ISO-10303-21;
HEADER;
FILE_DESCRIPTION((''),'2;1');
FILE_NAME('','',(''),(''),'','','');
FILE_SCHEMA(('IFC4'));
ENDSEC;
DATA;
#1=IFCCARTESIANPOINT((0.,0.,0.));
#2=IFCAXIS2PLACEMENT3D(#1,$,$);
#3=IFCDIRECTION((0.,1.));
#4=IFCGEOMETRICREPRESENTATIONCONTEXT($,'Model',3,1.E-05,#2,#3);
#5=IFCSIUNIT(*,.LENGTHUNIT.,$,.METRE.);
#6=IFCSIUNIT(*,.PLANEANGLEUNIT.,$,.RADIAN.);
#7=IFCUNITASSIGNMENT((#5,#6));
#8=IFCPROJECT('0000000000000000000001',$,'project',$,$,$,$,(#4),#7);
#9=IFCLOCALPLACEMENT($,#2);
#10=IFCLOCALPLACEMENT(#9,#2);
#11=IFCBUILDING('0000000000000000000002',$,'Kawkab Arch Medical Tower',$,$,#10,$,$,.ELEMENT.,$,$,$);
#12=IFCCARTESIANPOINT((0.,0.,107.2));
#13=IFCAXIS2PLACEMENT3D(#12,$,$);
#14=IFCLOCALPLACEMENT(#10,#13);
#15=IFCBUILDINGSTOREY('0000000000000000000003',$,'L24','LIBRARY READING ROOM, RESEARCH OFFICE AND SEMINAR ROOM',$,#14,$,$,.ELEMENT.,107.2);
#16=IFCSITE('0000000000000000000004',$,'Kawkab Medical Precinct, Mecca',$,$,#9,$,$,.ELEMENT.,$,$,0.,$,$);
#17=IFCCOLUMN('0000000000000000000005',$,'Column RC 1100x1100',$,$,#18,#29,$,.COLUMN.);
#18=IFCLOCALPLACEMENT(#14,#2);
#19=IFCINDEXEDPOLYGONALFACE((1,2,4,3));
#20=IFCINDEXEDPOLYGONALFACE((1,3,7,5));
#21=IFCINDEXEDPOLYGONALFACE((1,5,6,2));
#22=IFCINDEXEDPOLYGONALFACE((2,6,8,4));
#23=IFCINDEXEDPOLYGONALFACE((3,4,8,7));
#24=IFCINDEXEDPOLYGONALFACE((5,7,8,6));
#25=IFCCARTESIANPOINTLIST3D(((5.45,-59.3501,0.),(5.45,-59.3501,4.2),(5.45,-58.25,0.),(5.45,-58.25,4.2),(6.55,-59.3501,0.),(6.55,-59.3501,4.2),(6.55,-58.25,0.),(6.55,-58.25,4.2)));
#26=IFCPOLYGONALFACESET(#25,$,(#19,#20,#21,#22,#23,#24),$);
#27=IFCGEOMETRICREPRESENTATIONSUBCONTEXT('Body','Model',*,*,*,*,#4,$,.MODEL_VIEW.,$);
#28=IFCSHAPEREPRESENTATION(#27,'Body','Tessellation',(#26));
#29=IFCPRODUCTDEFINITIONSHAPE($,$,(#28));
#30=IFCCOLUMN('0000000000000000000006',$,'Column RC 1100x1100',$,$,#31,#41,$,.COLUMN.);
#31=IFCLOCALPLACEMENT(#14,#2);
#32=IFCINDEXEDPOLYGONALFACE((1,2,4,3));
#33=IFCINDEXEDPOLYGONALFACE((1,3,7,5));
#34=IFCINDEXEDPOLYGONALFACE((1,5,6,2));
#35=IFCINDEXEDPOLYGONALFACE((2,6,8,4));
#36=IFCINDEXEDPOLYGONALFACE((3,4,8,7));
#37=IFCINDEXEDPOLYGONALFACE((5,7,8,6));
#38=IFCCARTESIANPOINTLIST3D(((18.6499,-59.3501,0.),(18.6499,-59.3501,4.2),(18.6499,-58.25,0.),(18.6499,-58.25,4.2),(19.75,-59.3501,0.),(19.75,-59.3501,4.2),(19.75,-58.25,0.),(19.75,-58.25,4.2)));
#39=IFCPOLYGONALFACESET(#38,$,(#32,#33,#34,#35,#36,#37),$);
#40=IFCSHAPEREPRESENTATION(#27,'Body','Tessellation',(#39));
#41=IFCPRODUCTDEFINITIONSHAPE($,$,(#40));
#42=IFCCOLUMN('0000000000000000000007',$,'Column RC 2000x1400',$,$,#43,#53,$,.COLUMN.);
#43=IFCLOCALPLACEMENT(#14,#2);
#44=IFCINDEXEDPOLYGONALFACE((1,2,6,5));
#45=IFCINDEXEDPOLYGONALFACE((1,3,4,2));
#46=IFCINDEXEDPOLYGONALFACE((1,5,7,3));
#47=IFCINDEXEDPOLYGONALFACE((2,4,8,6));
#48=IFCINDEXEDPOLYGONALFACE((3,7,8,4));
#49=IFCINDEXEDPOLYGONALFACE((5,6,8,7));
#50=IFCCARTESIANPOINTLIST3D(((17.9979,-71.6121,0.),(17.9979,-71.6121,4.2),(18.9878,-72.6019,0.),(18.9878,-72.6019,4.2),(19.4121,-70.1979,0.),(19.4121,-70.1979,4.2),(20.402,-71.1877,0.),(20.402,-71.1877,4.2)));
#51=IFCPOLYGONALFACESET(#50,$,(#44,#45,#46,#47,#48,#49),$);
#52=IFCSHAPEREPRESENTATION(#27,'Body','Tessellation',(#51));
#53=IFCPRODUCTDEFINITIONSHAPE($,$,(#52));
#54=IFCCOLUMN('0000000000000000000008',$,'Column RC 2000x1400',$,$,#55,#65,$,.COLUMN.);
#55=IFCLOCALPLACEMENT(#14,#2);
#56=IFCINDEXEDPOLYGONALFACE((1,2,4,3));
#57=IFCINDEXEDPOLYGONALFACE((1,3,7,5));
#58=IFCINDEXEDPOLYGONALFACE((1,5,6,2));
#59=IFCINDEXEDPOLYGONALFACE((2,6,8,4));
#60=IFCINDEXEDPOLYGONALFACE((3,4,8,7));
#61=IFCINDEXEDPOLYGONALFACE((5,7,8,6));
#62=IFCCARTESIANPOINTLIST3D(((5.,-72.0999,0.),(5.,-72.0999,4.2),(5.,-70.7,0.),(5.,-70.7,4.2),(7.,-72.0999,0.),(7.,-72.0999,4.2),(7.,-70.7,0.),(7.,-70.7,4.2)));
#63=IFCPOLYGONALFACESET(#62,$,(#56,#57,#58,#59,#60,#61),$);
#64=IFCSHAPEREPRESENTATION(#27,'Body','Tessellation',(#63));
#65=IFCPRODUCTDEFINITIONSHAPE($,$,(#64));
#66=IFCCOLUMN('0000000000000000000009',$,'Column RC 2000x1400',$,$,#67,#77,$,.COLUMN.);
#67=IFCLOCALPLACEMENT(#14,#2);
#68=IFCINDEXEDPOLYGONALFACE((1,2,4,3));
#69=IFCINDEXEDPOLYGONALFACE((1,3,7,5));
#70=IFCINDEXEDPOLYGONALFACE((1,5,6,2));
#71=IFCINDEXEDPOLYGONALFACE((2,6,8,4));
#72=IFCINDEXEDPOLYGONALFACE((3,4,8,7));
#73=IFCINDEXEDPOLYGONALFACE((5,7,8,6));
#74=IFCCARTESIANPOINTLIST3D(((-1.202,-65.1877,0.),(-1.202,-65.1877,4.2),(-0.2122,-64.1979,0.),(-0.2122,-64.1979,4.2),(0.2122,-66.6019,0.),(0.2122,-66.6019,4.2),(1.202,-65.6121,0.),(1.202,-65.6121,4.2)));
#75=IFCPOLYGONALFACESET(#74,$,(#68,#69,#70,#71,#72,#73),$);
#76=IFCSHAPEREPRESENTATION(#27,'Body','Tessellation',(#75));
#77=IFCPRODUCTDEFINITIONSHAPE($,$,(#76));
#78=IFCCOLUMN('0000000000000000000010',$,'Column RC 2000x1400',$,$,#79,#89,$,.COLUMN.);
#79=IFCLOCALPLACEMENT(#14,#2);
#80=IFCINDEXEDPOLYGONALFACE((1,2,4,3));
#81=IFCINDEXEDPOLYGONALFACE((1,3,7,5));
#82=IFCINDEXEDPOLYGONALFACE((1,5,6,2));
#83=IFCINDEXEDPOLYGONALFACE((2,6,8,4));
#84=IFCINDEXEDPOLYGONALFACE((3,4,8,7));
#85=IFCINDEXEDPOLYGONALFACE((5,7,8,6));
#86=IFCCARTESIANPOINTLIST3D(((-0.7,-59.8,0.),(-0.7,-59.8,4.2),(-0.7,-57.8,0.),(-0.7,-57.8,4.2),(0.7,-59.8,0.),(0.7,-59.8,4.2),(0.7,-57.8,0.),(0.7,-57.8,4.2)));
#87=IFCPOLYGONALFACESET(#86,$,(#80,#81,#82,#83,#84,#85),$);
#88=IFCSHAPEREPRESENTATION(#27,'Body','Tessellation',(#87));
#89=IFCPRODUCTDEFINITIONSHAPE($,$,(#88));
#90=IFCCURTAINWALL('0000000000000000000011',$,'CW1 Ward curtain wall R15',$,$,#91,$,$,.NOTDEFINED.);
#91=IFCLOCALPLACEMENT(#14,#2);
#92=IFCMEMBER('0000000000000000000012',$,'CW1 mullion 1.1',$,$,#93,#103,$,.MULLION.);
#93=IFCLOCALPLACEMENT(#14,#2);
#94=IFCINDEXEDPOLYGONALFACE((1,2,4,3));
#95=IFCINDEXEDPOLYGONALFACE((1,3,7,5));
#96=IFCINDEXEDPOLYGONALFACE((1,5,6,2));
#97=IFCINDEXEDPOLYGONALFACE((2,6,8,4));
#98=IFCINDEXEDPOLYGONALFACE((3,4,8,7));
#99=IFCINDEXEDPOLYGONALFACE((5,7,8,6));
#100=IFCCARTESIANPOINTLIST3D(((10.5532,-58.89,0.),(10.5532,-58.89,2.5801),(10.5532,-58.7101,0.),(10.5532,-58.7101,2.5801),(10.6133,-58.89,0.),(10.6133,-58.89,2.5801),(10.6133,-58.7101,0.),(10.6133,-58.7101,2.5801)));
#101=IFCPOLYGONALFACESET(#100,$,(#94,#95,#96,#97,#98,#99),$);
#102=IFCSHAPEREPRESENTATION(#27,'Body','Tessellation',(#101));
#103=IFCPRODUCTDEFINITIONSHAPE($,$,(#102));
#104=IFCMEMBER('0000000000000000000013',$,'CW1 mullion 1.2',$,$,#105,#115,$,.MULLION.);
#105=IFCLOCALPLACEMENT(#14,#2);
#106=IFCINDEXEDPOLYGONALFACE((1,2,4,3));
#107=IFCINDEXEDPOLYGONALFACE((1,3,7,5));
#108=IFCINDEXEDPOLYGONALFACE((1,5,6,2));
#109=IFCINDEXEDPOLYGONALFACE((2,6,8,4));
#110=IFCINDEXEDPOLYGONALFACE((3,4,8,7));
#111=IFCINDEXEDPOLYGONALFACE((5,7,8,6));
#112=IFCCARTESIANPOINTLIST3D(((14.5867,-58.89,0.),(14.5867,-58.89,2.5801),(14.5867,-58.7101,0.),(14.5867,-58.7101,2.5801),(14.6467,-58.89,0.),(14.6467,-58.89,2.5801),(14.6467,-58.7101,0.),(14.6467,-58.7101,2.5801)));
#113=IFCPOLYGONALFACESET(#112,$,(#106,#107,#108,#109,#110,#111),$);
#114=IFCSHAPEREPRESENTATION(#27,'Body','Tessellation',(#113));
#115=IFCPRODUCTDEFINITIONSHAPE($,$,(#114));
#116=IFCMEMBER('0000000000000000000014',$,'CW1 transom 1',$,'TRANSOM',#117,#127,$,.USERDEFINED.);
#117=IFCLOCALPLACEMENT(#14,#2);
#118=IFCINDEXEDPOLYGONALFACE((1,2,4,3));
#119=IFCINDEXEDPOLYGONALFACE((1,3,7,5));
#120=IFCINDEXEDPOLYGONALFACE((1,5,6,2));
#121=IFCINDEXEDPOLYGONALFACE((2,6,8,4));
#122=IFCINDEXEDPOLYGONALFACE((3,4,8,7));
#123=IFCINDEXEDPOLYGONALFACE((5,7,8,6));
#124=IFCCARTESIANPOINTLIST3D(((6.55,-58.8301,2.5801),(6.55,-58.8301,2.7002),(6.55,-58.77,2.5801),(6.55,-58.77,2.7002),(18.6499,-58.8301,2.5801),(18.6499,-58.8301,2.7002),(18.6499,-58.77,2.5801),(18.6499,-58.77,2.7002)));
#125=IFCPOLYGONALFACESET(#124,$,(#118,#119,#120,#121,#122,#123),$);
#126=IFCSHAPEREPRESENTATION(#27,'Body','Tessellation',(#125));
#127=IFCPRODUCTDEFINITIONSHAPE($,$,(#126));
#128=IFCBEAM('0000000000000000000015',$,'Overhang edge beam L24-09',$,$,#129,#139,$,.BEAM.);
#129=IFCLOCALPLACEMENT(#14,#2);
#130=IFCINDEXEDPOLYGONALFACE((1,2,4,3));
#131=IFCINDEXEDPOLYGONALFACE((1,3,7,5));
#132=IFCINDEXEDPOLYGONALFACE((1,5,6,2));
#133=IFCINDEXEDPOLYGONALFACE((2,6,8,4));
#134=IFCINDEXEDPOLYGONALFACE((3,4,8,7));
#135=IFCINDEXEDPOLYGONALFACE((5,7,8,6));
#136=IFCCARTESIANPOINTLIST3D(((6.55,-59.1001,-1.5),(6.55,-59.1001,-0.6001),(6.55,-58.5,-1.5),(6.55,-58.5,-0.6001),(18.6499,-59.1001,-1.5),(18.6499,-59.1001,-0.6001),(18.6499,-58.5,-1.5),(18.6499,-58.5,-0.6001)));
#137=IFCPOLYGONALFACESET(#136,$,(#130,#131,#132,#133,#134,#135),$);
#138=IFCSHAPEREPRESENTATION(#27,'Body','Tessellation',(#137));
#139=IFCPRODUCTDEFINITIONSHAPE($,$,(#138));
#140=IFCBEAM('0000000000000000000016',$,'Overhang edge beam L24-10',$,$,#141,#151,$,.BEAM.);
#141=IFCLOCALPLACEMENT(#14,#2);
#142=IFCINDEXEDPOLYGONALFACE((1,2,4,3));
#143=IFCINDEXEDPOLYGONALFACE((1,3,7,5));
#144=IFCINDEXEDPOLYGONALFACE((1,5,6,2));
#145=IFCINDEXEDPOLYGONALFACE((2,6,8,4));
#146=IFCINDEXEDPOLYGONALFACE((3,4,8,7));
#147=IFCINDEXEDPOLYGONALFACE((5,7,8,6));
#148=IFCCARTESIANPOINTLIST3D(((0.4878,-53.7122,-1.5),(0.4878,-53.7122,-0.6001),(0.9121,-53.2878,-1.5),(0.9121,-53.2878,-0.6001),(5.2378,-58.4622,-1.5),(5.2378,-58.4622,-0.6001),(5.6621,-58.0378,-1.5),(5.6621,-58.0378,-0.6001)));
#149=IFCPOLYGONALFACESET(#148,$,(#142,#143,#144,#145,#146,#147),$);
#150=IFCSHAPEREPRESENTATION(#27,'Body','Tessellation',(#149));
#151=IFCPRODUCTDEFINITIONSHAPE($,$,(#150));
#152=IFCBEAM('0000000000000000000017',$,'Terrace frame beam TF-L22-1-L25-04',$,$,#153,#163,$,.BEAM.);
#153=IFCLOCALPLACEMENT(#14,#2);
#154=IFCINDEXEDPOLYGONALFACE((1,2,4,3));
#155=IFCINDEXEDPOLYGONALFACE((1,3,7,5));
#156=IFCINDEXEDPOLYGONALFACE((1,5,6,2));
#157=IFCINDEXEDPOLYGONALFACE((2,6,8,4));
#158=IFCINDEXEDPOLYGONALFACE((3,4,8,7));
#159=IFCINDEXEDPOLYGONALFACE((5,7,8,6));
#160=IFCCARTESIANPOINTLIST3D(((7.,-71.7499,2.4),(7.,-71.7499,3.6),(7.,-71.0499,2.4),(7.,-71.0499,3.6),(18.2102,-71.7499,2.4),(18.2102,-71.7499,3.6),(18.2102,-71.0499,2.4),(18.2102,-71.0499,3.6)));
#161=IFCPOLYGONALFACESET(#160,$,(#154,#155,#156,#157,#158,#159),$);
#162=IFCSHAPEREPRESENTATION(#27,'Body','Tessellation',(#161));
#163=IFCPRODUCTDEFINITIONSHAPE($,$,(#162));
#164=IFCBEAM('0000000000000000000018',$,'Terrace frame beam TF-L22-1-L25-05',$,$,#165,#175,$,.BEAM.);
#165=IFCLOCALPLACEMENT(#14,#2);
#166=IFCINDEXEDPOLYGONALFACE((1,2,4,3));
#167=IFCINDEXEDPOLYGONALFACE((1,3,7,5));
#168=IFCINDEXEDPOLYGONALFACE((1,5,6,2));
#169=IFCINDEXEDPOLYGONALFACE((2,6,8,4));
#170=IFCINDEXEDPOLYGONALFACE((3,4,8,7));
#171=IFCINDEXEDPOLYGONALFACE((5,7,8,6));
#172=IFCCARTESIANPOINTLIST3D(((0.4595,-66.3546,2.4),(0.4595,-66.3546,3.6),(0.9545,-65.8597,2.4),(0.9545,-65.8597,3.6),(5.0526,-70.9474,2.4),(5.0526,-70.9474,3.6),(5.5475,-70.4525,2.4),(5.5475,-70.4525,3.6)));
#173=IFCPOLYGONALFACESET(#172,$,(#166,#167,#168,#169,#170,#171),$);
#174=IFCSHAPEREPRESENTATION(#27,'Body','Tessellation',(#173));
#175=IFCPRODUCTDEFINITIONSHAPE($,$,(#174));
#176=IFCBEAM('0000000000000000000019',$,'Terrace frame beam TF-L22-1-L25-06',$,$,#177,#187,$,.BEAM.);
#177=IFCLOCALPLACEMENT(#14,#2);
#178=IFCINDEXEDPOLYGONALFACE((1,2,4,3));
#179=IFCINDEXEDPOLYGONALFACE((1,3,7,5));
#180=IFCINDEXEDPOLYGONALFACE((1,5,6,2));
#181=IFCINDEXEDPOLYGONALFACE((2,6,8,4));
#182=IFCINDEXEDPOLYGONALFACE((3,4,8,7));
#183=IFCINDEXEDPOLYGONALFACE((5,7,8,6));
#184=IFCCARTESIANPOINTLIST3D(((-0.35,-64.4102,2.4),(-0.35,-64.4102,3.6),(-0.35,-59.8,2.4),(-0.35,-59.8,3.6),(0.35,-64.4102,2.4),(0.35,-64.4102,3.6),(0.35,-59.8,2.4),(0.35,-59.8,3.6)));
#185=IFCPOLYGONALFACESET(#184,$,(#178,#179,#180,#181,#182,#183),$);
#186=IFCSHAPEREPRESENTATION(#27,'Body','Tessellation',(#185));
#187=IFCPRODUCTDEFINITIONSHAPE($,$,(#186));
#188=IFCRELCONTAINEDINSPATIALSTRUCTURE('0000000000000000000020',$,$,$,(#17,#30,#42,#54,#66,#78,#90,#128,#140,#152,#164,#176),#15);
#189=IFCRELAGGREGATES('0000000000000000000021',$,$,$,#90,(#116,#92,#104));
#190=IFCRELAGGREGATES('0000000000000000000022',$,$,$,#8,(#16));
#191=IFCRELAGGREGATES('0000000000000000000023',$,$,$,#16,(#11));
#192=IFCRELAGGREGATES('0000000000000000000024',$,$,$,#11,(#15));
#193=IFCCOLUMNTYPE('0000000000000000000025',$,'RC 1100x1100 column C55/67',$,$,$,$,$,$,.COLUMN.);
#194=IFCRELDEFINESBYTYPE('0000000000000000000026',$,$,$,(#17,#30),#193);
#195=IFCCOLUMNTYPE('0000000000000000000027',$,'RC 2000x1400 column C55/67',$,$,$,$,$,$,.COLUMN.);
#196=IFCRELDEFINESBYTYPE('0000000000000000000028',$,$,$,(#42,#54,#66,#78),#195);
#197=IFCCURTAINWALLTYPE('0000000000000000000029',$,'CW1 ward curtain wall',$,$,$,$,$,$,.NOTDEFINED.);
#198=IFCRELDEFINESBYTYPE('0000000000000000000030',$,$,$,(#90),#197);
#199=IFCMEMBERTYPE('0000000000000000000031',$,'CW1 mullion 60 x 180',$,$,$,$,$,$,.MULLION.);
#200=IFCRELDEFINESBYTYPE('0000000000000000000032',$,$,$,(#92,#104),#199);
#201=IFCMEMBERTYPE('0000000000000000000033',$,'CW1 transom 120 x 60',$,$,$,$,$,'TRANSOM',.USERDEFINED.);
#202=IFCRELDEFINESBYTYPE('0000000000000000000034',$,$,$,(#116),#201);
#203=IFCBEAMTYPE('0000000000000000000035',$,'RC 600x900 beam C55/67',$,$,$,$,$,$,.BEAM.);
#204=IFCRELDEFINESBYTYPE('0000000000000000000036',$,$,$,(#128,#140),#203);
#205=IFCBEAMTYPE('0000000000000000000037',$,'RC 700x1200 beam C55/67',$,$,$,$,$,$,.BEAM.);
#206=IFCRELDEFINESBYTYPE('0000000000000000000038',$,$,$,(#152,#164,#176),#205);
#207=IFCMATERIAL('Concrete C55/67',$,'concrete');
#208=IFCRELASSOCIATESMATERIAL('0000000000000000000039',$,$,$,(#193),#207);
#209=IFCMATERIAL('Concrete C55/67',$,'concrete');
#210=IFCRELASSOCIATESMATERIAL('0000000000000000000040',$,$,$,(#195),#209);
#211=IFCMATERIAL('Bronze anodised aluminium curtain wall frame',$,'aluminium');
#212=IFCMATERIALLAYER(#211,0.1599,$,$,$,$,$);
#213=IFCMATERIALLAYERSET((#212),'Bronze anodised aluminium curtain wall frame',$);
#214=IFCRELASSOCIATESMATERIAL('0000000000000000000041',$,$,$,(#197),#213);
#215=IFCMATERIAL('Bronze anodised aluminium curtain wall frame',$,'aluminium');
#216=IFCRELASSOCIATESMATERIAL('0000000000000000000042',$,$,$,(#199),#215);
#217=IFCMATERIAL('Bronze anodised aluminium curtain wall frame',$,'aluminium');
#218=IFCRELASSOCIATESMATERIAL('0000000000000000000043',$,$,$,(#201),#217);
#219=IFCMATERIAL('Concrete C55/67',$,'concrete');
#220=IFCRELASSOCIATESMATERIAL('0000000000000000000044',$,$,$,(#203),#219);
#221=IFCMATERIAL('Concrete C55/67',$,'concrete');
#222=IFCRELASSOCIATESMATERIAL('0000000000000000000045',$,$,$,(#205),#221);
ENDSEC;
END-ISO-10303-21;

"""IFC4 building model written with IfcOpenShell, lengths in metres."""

from ifc_helpers import new_model, si_unit, direction, frame, origin, origin_2d, place, context, subcontext, project, spatial, rectangle, extrude, material, layer, layer_set, material_profile, profile_set, type_object, element, aggregate, save


model = new_model("IFC4")

# Units and contexts
model_context = context("Model", 3, precision=1e-05, world=origin(), true_north=direction((0.0, 1.0)))
body_context = subcontext(model_context, "Body", "Model", "MODEL_VIEW")
ifc_project = project(units=[si_unit("LENGTHUNIT", "METRE"), si_unit("PLANEANGLEUNIT", "RADIAN")], contexts=[model_context])

# Site, building, storey
site_placement = place(None, origin())
site = spatial("IfcSite", under=ifc_project, at=site_placement, Name="Kawkab Medical Precinct, Mecca", CompositionType="ELEMENT", RefElevation=0.0)
building_placement = place(site_placement, origin())
building = spatial("IfcBuilding", under=site, at=building_placement, Name="Kawkab Arch Medical Tower", CompositionType="ELEMENT")
storey_placement = place(building_placement, frame((0.0, 0.0, 107.2)))
storey = spatial("IfcBuildingStorey", under=building, at=storey_placement, Name="L24", Description="LIBRARY READING ROOM, RESEARCH OFFICE AND SEMINAR ROOM", CompositionType="ELEMENT", Elevation=107.2)

# Columns
ifc_material_1 = material(Name="Concrete C55/67", Category="concrete")
ifc_material_profile_1 = material_profile(ifc_material_1, rectangle(XDim=1.1001, YDim=1.1001, at=origin_2d()), Name="RC 1100x1100")
ifc_profile_set_1 = profile_set([ifc_material_profile_1], Name="Concrete C55/67")
column_type_1 = type_object("IfcColumnType", Name="RC 1100x1100 column C55/67", PredefinedType="COLUMN", material=ifc_profile_set_1)
for number, where, z_axis, x_axis, name in (
    (1, (6.0, -58.8, 0.0), (0.0, 0.0, 1.0), (1.0, 0.0, 0.0), "Column RC 1100x1100"),
    (2, (19.2, -58.8, 0.0), (0.0, 0.0, 1.0), (1.0, 0.0, 0.0), "Column RC 1100x1100"),
):
    element("IfcColumn", number, at=place(storey_placement, frame(where, z_axis=z_axis, x_axis=x_axis)), inside=storey, type_object=column_type_1, Name=name, PredefinedType="COLUMN", context=body_context, shape_type="SweptSolid", body=[
        extrude(rectangle(XDim=1.1001, YDim=1.1001, at=origin_2d()), origin(), (0.0, 0.0, 1.0), 4.2),
    ])
ifc_material_2 = material(Name="Concrete C55/67", Category="concrete")
ifc_material_profile_2 = material_profile(ifc_material_2, rectangle(XDim=2.0, YDim=1.3999, at=origin_2d()), Name="RC 2000x1400")
ifc_profile_set_2 = profile_set([ifc_material_profile_2], Name="Concrete C55/67")
column_type_2 = type_object("IfcColumnType", Name="RC 2000x1400 column C55/67", PredefinedType="COLUMN", material=ifc_profile_set_2)
for number, where, z_axis, x_axis, name in (
    (3, (19.2, -71.3999, 0.0), (0.0, 0.0, 1.0), (-0.707107, -0.707107, 0.0), "Column RC 2000x1400"),
    (4, (6.0, -71.3999, 0.0), (0.0, 0.0, 1.0), (-1.0, 0.0, 0.0), "Column RC 2000x1400"),
    (5, (0.0, -65.3999, 0.0), (0.0, 0.0, 1.0), (-0.707107, 0.707107, 0.0), "Column RC 2000x1400"),
    (6, (0.0, -58.8, 0.0), (0.0, 0.0, 1.0), (0.0, 1.0, 0.0), "Column RC 2000x1400"),
):
    element("IfcColumn", number, at=place(storey_placement, frame(where, z_axis=z_axis, x_axis=x_axis)), inside=storey, type_object=column_type_2, Name=name, PredefinedType="COLUMN", context=body_context, shape_type="SweptSolid", body=[
        extrude(rectangle(XDim=2.0, YDim=1.3999, at=origin_2d()), origin(), (0.0, 0.0, 1.0), 4.2),
    ])

# Curtain wall, members
ifc_material_3 = material(Name="Bronze anodised aluminium curtain wall frame", Category="aluminium")
ifc_layer_1 = layer(ifc_material_3, 0.1599)
ifc_layer_set_1 = layer_set([ifc_layer_1], Name="Bronze anodised aluminium curtain wall frame")
curtain_wall_type = type_object("IfcCurtainWallType", Name="CW1 ward curtain wall", PredefinedType="NOTDEFINED", material=ifc_layer_set_1)
curtain_wall_placement = place(storey_placement, origin())
curtain_wall = element("IfcCurtainWall", 7, at=curtain_wall_placement, inside=storey, type_object=curtain_wall_type, Name="CW1 Ward curtain wall R15", PredefinedType="NOTDEFINED")
ifc_material_4 = material(Name="Bronze anodised aluminium curtain wall frame", Category="aluminium")
ifc_material_profile_3 = material_profile(ifc_material_4, rectangle(XDim=0.1799, YDim=0.0601, at=origin_2d()), Name="AL 60x180")
ifc_profile_set_3 = profile_set([ifc_material_profile_3], Name="Bronze anodised aluminium curtain wall frame")
member_type_1 = type_object("IfcMemberType", Name="CW1 mullion 60 x 180", PredefinedType="MULLION", material=ifc_profile_set_3)
member_1_placement = place(storey_placement, frame((10.5833, -58.8, 0.0), z_axis=(0.0, 0.0, 1.0), x_axis=(0.0, 1.0, 0.0)))
member_1 = element("IfcMember", 8, at=member_1_placement, type_object=member_type_1, Name="CW1 mullion 1.1", PredefinedType="MULLION", context=body_context, shape_type="SweptSolid", body=[
    extrude(rectangle(XDim=0.1799, YDim=0.0601, at=origin_2d()), origin(), (0.0, 0.0, 1.0), 2.5801),
])
member_2_placement = place(storey_placement, frame((14.6167, -58.8, 0.0), z_axis=(0.0, 0.0, 1.0), x_axis=(0.0, 1.0, 0.0)))
member_2 = element("IfcMember", 9, at=member_2_placement, type_object=member_type_1, Name="CW1 mullion 1.2", PredefinedType="MULLION", context=body_context, shape_type="SweptSolid", body=[
    extrude(rectangle(XDim=0.1799, YDim=0.0601, at=origin_2d()), origin(), (0.0, 0.0, 1.0), 2.5801),
])
ifc_material_5 = material(Name="Bronze anodised aluminium curtain wall frame", Category="aluminium")
ifc_material_profile_4 = material_profile(ifc_material_5, rectangle(XDim=0.0601, YDim=0.1201, at=origin_2d()), Name="AL 60x120")
ifc_profile_set_4 = profile_set([ifc_material_profile_4], Name="Bronze anodised aluminium curtain wall frame")
member_type_2 = type_object("IfcMemberType", Name="CW1 transom 120 x 60", ElementType="TRANSOM", PredefinedType="USERDEFINED", material=ifc_profile_set_4)
member_3_placement = place(storey_placement, frame((6.55, -58.8, 2.6401), z_axis=(1.0, 0.0, 0.0), x_axis=(0.0, 1.0, 0.0)))
member_3 = element("IfcMember", 10, at=member_3_placement, type_object=member_type_2, Name="CW1 transom 1", ObjectType="TRANSOM", PredefinedType="USERDEFINED", context=body_context, shape_type="SweptSolid", body=[
    extrude(rectangle(XDim=0.0601, YDim=0.1201, at=origin_2d()), origin(), (0.0, 0.0, 1.0), 12.0999),
])

# Beams
ifc_material_6 = material(Name="Concrete C55/67", Category="concrete")
ifc_material_profile_5 = material_profile(ifc_material_6, rectangle(XDim=0.6001, YDim=0.8999, at=origin_2d()), Name="RC 600x900")
ifc_profile_set_5 = profile_set([ifc_material_profile_5], Name="Concrete C55/67")
beam_type_1 = type_object("IfcBeamType", Name="RC 600x900 beam C55/67", PredefinedType="BEAM", material=ifc_profile_set_5)
beam_1_placement = place(storey_placement, frame((18.6499, -58.8, -1.05), z_axis=(-1.0, 0.0, 0.0), x_axis=(0.0, -1.0, 0.0)))
element("IfcBeam", 11, at=beam_1_placement, inside=storey, type_object=beam_type_1, Name="Overhang edge beam L24-09", PredefinedType="BEAM", context=body_context, shape_type="SweptSolid", body=[
    extrude(rectangle(XDim=0.6001, YDim=0.8999, at=origin_2d()), origin(), (0.0, 0.0, 1.0), 12.0999),
])
beam_2_placement = place(storey_placement, frame((5.45, -58.25, -1.05), z_axis=(-0.707107, 0.707107, 0.0), x_axis=(-0.707107, -0.707107, 0.0)))
element("IfcBeam", 12, at=beam_2_placement, inside=storey, type_object=beam_type_1, Name="Overhang edge beam L24-10", PredefinedType="BEAM", context=body_context, shape_type="SweptSolid", body=[
    extrude(rectangle(XDim=0.6001, YDim=0.8999, at=origin_2d()), origin(), (0.0, 0.0, 1.0), 6.7175),
])
ifc_material_7 = material(Name="Concrete C55/67", Category="concrete")
ifc_material_profile_6 = material_profile(ifc_material_7, rectangle(XDim=0.7, YDim=1.2, at=origin_2d()), Name="RC 700x1200")
ifc_profile_set_6 = profile_set([ifc_material_profile_6], Name="Concrete C55/67")
beam_type_2 = type_object("IfcBeamType", Name="RC 700x1200 beam C55/67", PredefinedType="BEAM", material=ifc_profile_set_6)
beam_3_placement = place(storey_placement, frame((18.2102, -71.3999, 3.0), z_axis=(-1.0, 0.0, 0.0), x_axis=(0.0, -1.0, 0.0)))
element("IfcBeam", 13, at=beam_3_placement, inside=storey, type_object=beam_type_2, Name="Terrace frame beam TF-L22-1-L25-04", PredefinedType="BEAM", context=body_context, shape_type="SweptSolid", body=[
    extrude(rectangle(XDim=0.7, YDim=1.2, at=origin_2d()), origin(), (0.0, 0.0, 1.0), 11.2102),
])
beam_4_placement = place(storey_placement, frame((5.3, -70.7, 3.0), z_axis=(-0.707126, 0.707088, 0.0), x_axis=(-0.707088, -0.707126, 0.0)))
element("IfcBeam", 14, at=beam_4_placement, inside=storey, type_object=beam_type_2, Name="Terrace frame beam TF-L22-1-L25-05", PredefinedType="BEAM", context=body_context, shape_type="SweptSolid", body=[
    extrude(rectangle(XDim=0.7, YDim=1.2, at=origin_2d()), origin(), (0.0, 0.0, 1.0), 6.4954),
])
beam_5_placement = place(storey_placement, frame((0.0, -64.4102, 3.0), z_axis=(0.0, 1.0, 0.0), x_axis=(-1.0, 0.0, 0.0)))
element("IfcBeam", 15, at=beam_5_placement, inside=storey, type_object=beam_type_2, Name="Terrace frame beam TF-L22-1-L25-06", PredefinedType="BEAM", context=body_context, shape_type="SweptSolid", body=[
    extrude(rectangle(XDim=0.7, YDim=1.2, at=origin_2d()), origin(), (0.0, 0.0, 1.0), 4.6101),
])

aggregate(curtain_wall, [member_3, member_1, member_2])

save(model, "model.ifc")
